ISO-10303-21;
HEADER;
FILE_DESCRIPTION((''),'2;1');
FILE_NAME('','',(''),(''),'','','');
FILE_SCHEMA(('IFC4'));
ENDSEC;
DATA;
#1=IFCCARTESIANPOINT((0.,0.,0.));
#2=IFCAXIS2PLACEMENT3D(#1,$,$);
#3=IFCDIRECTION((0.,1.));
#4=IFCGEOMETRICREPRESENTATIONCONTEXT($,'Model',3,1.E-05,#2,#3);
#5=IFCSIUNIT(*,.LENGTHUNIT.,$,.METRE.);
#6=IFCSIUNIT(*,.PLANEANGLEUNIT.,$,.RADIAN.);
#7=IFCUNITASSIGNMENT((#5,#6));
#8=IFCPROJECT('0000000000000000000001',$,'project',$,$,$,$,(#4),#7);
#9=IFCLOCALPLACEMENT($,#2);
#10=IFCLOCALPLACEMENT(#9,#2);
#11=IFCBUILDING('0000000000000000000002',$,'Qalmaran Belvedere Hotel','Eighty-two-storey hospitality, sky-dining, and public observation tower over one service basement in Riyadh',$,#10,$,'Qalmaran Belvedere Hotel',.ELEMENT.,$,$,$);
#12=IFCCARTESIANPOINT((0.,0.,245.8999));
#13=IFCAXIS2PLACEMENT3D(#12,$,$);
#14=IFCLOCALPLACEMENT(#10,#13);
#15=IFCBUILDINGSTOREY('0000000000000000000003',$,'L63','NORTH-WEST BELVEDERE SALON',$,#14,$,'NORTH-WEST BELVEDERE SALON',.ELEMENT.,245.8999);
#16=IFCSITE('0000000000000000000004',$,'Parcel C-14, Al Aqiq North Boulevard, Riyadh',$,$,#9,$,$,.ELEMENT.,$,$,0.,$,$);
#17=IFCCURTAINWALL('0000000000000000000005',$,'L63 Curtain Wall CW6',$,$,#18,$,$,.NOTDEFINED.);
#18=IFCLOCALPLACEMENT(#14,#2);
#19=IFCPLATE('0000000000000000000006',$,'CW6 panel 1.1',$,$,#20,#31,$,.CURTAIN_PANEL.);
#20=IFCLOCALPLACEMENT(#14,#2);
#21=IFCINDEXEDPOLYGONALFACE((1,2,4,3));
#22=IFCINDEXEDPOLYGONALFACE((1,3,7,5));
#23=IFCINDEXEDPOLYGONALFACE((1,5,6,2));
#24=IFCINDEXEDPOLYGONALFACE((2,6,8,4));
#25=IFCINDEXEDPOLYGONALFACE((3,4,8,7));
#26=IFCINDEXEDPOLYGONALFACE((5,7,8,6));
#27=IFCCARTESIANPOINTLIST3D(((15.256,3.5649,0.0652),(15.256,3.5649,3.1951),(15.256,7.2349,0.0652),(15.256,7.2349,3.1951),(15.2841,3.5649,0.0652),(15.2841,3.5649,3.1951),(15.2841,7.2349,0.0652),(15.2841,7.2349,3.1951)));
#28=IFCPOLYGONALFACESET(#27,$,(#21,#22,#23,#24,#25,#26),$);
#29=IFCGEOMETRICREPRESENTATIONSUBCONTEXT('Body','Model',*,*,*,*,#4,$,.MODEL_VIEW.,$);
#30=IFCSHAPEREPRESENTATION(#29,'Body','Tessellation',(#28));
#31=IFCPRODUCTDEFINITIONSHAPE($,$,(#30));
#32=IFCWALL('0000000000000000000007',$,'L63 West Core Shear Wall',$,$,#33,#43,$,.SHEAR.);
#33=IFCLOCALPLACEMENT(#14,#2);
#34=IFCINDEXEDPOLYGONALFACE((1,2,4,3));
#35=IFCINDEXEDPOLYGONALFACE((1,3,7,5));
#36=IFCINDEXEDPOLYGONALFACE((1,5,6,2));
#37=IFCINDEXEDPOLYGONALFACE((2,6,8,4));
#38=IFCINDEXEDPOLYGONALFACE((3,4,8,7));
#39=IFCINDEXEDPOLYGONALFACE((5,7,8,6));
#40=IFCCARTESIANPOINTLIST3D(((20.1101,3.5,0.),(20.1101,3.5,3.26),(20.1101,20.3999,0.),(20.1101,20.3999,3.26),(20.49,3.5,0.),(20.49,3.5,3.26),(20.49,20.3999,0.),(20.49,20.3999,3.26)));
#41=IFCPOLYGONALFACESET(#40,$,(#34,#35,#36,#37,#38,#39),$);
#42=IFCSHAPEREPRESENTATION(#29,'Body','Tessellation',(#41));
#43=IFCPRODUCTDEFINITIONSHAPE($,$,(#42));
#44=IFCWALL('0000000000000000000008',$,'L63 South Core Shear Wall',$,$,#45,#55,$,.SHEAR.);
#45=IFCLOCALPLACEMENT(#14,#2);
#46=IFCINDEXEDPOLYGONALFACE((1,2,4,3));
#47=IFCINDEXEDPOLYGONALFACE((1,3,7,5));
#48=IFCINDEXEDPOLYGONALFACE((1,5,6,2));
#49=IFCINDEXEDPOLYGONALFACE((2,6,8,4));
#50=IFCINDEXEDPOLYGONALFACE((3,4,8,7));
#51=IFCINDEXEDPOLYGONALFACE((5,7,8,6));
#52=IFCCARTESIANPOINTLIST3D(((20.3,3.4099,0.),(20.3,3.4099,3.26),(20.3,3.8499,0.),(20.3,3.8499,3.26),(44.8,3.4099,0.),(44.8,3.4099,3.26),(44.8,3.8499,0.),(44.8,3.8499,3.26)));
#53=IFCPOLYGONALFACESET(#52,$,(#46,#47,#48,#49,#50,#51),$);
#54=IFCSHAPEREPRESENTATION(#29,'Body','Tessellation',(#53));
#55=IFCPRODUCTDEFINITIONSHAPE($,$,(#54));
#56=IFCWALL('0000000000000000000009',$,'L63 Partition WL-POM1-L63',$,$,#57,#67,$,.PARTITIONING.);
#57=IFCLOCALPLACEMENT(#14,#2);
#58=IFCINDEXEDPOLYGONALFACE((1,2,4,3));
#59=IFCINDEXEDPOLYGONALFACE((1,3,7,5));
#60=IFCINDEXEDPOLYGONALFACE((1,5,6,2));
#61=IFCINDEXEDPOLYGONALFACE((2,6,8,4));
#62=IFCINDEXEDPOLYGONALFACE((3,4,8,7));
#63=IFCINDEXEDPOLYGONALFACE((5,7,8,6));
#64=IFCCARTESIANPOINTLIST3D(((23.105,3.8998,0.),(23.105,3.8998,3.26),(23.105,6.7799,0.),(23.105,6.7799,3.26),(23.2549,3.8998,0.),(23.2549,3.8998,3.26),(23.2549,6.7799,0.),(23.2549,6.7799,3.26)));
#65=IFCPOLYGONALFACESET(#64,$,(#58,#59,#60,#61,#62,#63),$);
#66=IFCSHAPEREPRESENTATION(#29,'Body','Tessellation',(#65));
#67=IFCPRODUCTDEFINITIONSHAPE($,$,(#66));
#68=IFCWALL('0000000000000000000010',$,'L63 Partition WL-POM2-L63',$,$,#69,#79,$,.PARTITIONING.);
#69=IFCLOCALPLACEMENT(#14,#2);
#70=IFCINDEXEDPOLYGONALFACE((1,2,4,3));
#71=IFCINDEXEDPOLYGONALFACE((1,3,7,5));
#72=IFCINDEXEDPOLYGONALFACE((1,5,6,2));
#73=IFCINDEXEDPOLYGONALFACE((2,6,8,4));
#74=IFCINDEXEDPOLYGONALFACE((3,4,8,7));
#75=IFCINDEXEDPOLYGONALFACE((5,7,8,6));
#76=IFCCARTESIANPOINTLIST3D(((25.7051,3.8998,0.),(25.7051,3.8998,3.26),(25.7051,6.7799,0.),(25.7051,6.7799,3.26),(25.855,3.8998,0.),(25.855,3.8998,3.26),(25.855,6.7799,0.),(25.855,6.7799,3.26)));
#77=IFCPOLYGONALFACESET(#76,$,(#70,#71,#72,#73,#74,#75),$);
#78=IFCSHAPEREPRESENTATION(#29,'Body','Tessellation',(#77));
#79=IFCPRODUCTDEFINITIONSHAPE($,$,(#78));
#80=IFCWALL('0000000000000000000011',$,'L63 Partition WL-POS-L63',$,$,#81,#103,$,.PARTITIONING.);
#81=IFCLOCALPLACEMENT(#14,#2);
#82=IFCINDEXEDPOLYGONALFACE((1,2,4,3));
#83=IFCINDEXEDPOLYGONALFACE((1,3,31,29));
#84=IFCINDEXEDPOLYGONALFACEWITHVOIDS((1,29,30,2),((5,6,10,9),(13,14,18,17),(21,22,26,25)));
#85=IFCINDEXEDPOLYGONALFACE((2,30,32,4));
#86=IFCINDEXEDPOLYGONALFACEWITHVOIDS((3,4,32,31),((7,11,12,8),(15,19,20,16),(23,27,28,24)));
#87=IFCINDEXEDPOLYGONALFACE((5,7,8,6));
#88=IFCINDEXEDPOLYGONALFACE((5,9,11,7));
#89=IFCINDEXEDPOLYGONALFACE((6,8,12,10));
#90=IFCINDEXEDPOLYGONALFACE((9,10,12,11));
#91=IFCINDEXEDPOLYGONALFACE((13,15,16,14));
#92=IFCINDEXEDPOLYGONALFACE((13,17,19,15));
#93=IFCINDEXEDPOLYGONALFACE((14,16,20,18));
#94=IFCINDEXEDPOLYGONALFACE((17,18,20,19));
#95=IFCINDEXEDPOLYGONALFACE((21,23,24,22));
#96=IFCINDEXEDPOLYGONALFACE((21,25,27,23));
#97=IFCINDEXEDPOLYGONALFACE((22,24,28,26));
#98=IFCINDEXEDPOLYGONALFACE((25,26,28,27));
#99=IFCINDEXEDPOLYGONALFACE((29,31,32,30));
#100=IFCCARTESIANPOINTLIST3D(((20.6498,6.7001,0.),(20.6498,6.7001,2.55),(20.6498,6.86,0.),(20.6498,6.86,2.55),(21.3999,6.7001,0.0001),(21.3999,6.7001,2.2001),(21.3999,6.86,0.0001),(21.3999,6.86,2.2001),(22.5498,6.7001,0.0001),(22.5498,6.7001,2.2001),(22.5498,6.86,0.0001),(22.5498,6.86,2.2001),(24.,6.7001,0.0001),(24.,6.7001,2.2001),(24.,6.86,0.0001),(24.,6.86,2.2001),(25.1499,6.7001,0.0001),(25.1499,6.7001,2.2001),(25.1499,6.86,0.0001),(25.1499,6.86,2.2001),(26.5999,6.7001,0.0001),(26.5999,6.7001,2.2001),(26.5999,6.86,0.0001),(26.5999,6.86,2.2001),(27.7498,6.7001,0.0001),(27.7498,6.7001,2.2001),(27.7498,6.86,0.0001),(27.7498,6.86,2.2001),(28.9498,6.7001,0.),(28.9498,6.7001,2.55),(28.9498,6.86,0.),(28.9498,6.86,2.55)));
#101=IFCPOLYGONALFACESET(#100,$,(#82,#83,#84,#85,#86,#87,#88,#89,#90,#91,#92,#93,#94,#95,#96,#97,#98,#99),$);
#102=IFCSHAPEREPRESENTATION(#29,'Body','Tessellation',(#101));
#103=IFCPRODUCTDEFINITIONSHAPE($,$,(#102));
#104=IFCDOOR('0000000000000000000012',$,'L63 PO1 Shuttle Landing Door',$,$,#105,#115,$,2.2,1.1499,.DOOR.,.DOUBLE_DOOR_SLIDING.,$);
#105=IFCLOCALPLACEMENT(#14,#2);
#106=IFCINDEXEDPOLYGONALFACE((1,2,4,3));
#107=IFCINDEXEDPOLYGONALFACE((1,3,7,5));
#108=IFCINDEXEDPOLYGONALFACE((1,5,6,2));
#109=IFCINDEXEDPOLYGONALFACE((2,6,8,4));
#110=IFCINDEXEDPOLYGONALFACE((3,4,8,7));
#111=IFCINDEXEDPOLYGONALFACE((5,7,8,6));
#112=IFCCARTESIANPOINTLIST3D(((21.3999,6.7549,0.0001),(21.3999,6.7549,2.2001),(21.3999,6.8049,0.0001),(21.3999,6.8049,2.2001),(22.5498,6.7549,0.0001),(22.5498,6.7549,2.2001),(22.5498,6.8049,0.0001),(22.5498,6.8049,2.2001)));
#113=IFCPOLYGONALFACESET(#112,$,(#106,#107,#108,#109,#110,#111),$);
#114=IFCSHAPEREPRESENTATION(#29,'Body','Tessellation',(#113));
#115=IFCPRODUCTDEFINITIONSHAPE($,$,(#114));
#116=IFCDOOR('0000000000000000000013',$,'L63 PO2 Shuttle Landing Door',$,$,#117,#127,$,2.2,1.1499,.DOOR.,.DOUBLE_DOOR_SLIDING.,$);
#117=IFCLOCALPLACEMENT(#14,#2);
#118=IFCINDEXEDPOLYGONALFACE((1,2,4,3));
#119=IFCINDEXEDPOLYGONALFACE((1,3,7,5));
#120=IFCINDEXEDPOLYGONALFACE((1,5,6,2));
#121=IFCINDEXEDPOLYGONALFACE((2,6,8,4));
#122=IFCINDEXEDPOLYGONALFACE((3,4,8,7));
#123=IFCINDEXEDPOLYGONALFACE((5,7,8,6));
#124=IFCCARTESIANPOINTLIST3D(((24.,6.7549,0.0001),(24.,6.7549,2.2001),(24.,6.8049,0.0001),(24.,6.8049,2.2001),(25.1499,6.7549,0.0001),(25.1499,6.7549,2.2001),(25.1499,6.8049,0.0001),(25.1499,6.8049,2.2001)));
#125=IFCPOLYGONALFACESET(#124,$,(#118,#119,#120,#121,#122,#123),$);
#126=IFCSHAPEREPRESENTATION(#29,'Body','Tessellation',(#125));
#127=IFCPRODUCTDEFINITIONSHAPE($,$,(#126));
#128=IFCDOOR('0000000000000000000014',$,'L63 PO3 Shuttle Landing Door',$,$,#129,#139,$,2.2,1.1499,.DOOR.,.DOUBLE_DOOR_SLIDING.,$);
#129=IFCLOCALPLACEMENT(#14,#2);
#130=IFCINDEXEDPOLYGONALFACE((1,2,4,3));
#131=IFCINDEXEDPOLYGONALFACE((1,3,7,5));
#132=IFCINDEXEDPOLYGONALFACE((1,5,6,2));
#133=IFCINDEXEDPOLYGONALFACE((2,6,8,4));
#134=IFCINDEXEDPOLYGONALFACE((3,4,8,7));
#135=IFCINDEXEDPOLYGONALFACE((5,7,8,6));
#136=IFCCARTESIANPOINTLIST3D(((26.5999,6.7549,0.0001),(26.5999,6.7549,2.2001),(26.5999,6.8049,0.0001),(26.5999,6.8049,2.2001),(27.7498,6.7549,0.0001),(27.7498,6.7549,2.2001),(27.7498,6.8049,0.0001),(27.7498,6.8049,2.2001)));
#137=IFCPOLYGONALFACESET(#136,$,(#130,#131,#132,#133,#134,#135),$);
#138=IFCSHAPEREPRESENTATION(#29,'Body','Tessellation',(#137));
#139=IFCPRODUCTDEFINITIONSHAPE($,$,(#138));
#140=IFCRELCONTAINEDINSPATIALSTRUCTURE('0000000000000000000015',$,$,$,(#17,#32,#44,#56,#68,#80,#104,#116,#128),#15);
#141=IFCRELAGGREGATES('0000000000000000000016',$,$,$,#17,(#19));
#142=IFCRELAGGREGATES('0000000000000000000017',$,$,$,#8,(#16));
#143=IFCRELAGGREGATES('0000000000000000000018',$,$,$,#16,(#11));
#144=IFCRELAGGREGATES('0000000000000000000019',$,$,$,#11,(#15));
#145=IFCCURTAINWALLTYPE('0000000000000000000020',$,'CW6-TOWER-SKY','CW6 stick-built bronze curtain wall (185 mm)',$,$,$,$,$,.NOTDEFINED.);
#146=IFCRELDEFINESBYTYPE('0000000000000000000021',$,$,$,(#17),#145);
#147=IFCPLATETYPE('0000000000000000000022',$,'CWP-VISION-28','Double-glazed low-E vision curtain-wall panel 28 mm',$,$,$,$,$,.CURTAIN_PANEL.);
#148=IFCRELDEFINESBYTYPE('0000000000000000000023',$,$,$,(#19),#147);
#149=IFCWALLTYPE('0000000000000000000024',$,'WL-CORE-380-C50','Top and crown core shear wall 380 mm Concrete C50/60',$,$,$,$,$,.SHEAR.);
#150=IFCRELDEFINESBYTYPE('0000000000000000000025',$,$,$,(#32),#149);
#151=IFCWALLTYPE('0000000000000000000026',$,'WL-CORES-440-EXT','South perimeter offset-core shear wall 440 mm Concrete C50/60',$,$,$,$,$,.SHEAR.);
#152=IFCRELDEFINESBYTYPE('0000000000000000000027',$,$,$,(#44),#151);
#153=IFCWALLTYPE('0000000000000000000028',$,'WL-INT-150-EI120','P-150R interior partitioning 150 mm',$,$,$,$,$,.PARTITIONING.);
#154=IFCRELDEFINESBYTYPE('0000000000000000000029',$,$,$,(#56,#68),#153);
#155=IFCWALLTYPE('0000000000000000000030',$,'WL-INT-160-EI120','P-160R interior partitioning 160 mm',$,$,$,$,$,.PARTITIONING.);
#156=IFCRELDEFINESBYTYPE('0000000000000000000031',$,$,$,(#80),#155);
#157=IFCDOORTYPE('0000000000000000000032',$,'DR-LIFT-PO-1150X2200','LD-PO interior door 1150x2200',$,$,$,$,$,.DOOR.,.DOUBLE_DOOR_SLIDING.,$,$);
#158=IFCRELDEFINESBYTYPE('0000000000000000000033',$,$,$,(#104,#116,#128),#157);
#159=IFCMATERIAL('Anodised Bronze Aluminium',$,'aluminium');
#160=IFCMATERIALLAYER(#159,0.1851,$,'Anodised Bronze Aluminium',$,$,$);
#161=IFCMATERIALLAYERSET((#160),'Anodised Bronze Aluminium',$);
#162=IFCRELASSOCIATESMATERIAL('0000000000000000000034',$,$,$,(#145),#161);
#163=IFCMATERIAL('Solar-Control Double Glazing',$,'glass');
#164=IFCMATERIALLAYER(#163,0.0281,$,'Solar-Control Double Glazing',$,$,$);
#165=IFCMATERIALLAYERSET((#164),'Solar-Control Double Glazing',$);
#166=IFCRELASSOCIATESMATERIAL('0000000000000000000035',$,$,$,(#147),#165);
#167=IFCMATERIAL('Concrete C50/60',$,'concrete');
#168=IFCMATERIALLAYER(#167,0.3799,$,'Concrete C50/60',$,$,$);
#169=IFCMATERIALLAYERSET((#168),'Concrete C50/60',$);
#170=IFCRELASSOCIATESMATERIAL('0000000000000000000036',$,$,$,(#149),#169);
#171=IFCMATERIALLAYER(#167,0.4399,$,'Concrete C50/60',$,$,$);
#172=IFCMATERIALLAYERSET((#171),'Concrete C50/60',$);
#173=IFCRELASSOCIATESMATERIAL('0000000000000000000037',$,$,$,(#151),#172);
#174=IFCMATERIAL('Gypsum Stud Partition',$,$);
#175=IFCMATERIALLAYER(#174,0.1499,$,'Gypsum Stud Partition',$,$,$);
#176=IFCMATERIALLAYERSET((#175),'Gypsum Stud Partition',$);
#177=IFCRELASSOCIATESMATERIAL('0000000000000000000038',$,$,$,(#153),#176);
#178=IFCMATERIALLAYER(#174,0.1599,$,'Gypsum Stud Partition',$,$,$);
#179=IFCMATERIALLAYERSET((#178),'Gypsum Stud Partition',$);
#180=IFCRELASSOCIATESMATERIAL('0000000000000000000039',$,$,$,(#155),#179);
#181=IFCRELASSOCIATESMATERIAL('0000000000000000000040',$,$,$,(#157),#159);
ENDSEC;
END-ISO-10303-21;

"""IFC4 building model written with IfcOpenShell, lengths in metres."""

from ifc_helpers import new_model, si_unit, direction, frame, frame_2d, origin, origin_2d, place, context, subcontext, project, spatial, rectangle, extrude, material, layer, layer_set, type_object, element, fill, aggregate, save


model = new_model("IFC4")

# Units and contexts
model_context = context("Model", 3, precision=1e-05, world=origin(), true_north=direction((0.0, 1.0)))
body_context = subcontext(model_context, "Body", "Model", "MODEL_VIEW")
ifc_project = project(units=[si_unit("LENGTHUNIT", "METRE"), si_unit("PLANEANGLEUNIT", "RADIAN")], contexts=[model_context])

# Site, building, storey
site_placement = place(None, origin())
site = spatial("IfcSite", under=ifc_project, at=site_placement, Name="Parcel C-14, Al Aqiq North Boulevard, Riyadh", CompositionType="ELEMENT", RefElevation=0.0)
building_placement = place(site_placement, origin())
building = spatial("IfcBuilding", under=site, at=building_placement, Name="Qalmaran Belvedere Hotel", Description="Eighty-two-storey hospitality, sky-dining, and public observation tower over one service basement in Riyadh", LongName="Qalmaran Belvedere Hotel", CompositionType="ELEMENT")
storey_placement = place(building_placement, frame((0.0, 0.0, 245.8999)))
storey = spatial("IfcBuildingStorey", under=building, at=storey_placement, Name="L63", Description="NORTH-WEST BELVEDERE SALON", LongName="NORTH-WEST BELVEDERE SALON", CompositionType="ELEMENT", Elevation=245.8999)

# Shared definitions
ifc_material_1 = material(Name="Concrete C50/60", Category="concrete")

# Shared definitions
ifc_material_2 = material(Name="Anodised Bronze Aluminium", Category="aluminium")
ifc_layer_1 = layer(ifc_material_2, 0.1851, Name="Anodised Bronze Aluminium")
ifc_layer_set_1 = layer_set([ifc_layer_1], Name="Anodised Bronze Aluminium")
curtain_wall_type = type_object("IfcCurtainWallType", Name="CW6-TOWER-SKY", Description="CW6 stick-built bronze curtain wall (185 mm)", PredefinedType="NOTDEFINED", material=ifc_layer_set_1)

# Curtain wall
curtain_wall_1_placement = place(storey_placement, origin())
curtain_wall_1 = element("IfcCurtainWall", 1, at=curtain_wall_1_placement, inside=storey, type_object=curtain_wall_type, Name="L63 Curtain Wall CW6", PredefinedType="NOTDEFINED")

# Plate
ifc_material_3 = material(Name="Solar-Control Double Glazing", Category="glass")
ifc_layer_2 = layer(ifc_material_3, 0.0281, Name="Solar-Control Double Glazing")
ifc_layer_set_2 = layer_set([ifc_layer_2], Name="Solar-Control Double Glazing")
plate_type = type_object("IfcPlateType", Name="CWP-VISION-28", Description="Double-glazed low-E vision curtain-wall panel 28 mm", PredefinedType="CURTAIN_PANEL", material=ifc_layer_set_2)
plate_1_placement = place(storey_placement, frame((15.27, 5.3999, 0.0652), z_axis=(0.0, 0.0, 1.0), x_axis=(0.0, -1.0, 0.0)))
plate_1 = element("IfcPlate", 2, at=plate_1_placement, type_object=plate_type, Name="CW6 panel 1.1", PredefinedType="CURTAIN_PANEL", context=body_context, shape_type="SweptSolid", body=[
    extrude(rectangle(XDim=3.6699, YDim=0.0281, at=origin_2d()), origin(), (0.0, 0.0, 1.0), 3.1299),
])
aggregate(curtain_wall_1, [plate_1])

# Walls
ifc_layer_3 = layer(ifc_material_1, 0.3799, Name="Concrete C50/60")
ifc_layer_set_3 = layer_set([ifc_layer_3], Name="Concrete C50/60")
wall_type_1 = type_object("IfcWallType", Name="WL-CORE-380-C50", Description="Top and crown core shear wall 380 mm Concrete C50/60", PredefinedType="SHEAR", material=ifc_layer_set_3)
wall_1_placement = place(storey_placement, frame((20.3, 3.5, 0.0), z_axis=(0.0, 0.0, 1.0), x_axis=(0.0, 1.0, 0.0)))
element("IfcWall", 3, at=wall_1_placement, inside=storey, type_object=wall_type_1, Name="L63 West Core Shear Wall", PredefinedType="SHEAR", context=body_context, shape_type="SweptSolid", body=[
    extrude(rectangle(XDim=16.8999, YDim=0.3799, at=frame_2d((8.45, 0.0))), origin(), (0.0, 0.0, 1.0), 3.26),
])
ifc_layer_4 = layer(ifc_material_1, 0.4399, Name="Concrete C50/60")
ifc_layer_set_4 = layer_set([ifc_layer_4], Name="Concrete C50/60")
wall_type_2 = type_object("IfcWallType", Name="WL-CORES-440-EXT", Description="South perimeter offset-core shear wall 440 mm Concrete C50/60", PredefinedType="SHEAR", material=ifc_layer_set_4)
wall_2_placement = place(storey_placement, frame((20.3, 3.6299, 0.0), z_axis=(0.0, 0.0, 1.0), x_axis=(1.0, 0.0, 0.0)))
element("IfcWall", 4, at=wall_2_placement, inside=storey, type_object=wall_type_2, Name="L63 South Core Shear Wall", PredefinedType="SHEAR", context=body_context, shape_type="SweptSolid", body=[
    extrude(rectangle(XDim=24.5, YDim=0.4399, at=frame_2d((12.25, 0.0))), origin(), (0.0, 0.0, 1.0), 3.26),
])
ifc_material_4 = material(Name="Gypsum Stud Partition")
ifc_layer_5 = layer(ifc_material_4, 0.1499, Name="Gypsum Stud Partition")
ifc_layer_set_5 = layer_set([ifc_layer_5], Name="Gypsum Stud Partition")
wall_type_3 = type_object("IfcWallType", Name="WL-INT-150-EI120", Description="P-150R interior partitioning 150 mm", PredefinedType="PARTITIONING", material=ifc_layer_set_5)
for number, where, z_axis, x_axis, name in (
    (5, (23.1799, 3.8999, 0.0), (0.0, 0.0, 1.0), (0.0, 1.0, 0.0), "L63 Partition WL-POM1-L63"),
    (6, (25.78, 3.8999, 0.0), (0.0, 0.0, 1.0), (0.0, 1.0, 0.0), "L63 Partition WL-POM2-L63"),
):
    element("IfcWall", number, at=place(storey_placement, frame(where, z_axis=z_axis, x_axis=x_axis)), inside=storey, type_object=wall_type_3, Name=name, PredefinedType="PARTITIONING", context=body_context, shape_type="SweptSolid", body=[
        extrude(rectangle(XDim=2.8801, YDim=0.1499, at=frame_2d((1.4399, 0.0))), origin(), (0.0, 0.0, 1.0), 3.26),
    ])

# Wall, openings, doors
ifc_layer_6 = layer(ifc_material_4, 0.1599, Name="Gypsum Stud Partition")
ifc_layer_set_6 = layer_set([ifc_layer_6], Name="Gypsum Stud Partition")
wall_type_4 = type_object("IfcWallType", Name="WL-INT-160-EI120", Description="P-160R interior partitioning 160 mm", PredefinedType="PARTITIONING", material=ifc_layer_set_6)
wall_3_placement = place(storey_placement, frame((20.6499, 6.78, 0.0), z_axis=(0.0, 0.0, 1.0), x_axis=(1.0, 0.0, 0.0)))
wall_3 = element("IfcWall", 7, at=wall_3_placement, inside=storey, type_object=wall_type_4, Name="L63 Partition WL-POS-L63", PredefinedType="PARTITIONING", context=body_context, shape_type="SweptSolid", body=[
    extrude(rectangle(XDim=8.3, YDim=0.1599, at=frame_2d((4.1499, 0.0))), origin(), (0.0, 0.0, 1.0), 2.55),
])
opening_1_placement = place(wall_3_placement, frame((0.75, 0.0, 0.0)))
opening_1 = element("IfcOpeningElement", 8, at=opening_1_placement, cuts=wall_3, PredefinedType="OPENING", context=body_context, shape_type="SweptSolid", body=[
    extrude(rectangle(XDim=1.1499, YDim=2.2, at=frame_2d((0.575, 1.1001))), frame((0.0, 0.0898, 0.0), z_axis=(0.0, -1.0, 0.0), x_axis=(1.0, 0.0, 0.0)), (0.0, 0.0, 1.0), 0.1799),
])
opening_2_placement = place(wall_3_placement, frame((3.3501, 0.0, 0.0)))
opening_2 = element("IfcOpeningElement", 9, at=opening_2_placement, cuts=wall_3, PredefinedType="OPENING", context=body_context, shape_type="SweptSolid", body=[
    extrude(rectangle(XDim=1.1499, YDim=2.2, at=frame_2d((0.575, 1.1001))), frame((0.0, 0.0898, 0.0), z_axis=(0.0, -1.0, 0.0), x_axis=(1.0, 0.0, 0.0)), (0.0, 0.0, 1.0), 0.1799),
])
opening_3_placement = place(wall_3_placement, frame((5.95, 0.0, 0.0)))
opening_3 = element("IfcOpeningElement", 10, at=opening_3_placement, cuts=wall_3, PredefinedType="OPENING", context=body_context, shape_type="SweptSolid", body=[
    extrude(rectangle(XDim=1.1499, YDim=2.2, at=frame_2d((0.575, 1.1001))), frame((0.0, 0.0898, 0.0), z_axis=(0.0, -1.0, 0.0), x_axis=(1.0, 0.0, 0.0)), (0.0, 0.0, 1.0), 0.1799),
])
door_type = type_object("IfcDoorType", Name="DR-LIFT-PO-1150X2200", Description="LD-PO interior door 1150x2200", OperationType="DOUBLE_DOOR_SLIDING", PredefinedType="DOOR", material=ifc_material_2)
door_1_placement = place(opening_1_placement, origin())
door_1 = element("IfcDoor", 11, at=door_1_placement, inside=storey, type_object=door_type, Name="L63 PO1 Shuttle Landing Door", OperationType="DOUBLE_DOOR_SLIDING", OverallHeight=2.2, OverallWidth=1.1499, PredefinedType="DOOR", context=body_context, shape_type="SweptSolid", body=[
    extrude(rectangle(XDim=1.1499, YDim=2.2, at=frame_2d((0.575, 1.1001))), frame((0.0, 0.0249, 0.0), z_axis=(0.0, -1.0, 0.0), x_axis=(1.0, 0.0, 0.0)), (0.0, 0.0, 1.0), 0.05),
])
fill(opening_1, door_1)
door_2_placement = place(opening_2_placement, origin())
door_2 = element("IfcDoor", 12, at=door_2_placement, inside=storey, type_object=door_type, Name="L63 PO2 Shuttle Landing Door", OperationType="DOUBLE_DOOR_SLIDING", OverallHeight=2.2, OverallWidth=1.1499, PredefinedType="DOOR", context=body_context, shape_type="SweptSolid", body=[
    extrude(rectangle(XDim=1.1499, YDim=2.2, at=frame_2d((0.575, 1.1001))), frame((0.0, 0.0249, 0.0), z_axis=(0.0, -1.0, 0.0), x_axis=(1.0, 0.0, 0.0)), (0.0, 0.0, 1.0), 0.05),
])
fill(opening_2, door_2)
door_3_placement = place(opening_3_placement, origin())
door_3 = element("IfcDoor", 13, at=door_3_placement, inside=storey, type_object=door_type, Name="L63 PO3 Shuttle Landing Door", OperationType="DOUBLE_DOOR_SLIDING", OverallHeight=2.2, OverallWidth=1.1499, PredefinedType="DOOR", context=body_context, shape_type="SweptSolid", body=[
    extrude(rectangle(XDim=1.1499, YDim=2.2, at=frame_2d((0.575, 1.1001))), frame((0.0, 0.0249, 0.0), z_axis=(0.0, -1.0, 0.0), x_axis=(1.0, 0.0, 0.0)), (0.0, 0.0, 1.0), 0.05),
])
fill(opening_3, door_3)

save(model, "model.ifc")
